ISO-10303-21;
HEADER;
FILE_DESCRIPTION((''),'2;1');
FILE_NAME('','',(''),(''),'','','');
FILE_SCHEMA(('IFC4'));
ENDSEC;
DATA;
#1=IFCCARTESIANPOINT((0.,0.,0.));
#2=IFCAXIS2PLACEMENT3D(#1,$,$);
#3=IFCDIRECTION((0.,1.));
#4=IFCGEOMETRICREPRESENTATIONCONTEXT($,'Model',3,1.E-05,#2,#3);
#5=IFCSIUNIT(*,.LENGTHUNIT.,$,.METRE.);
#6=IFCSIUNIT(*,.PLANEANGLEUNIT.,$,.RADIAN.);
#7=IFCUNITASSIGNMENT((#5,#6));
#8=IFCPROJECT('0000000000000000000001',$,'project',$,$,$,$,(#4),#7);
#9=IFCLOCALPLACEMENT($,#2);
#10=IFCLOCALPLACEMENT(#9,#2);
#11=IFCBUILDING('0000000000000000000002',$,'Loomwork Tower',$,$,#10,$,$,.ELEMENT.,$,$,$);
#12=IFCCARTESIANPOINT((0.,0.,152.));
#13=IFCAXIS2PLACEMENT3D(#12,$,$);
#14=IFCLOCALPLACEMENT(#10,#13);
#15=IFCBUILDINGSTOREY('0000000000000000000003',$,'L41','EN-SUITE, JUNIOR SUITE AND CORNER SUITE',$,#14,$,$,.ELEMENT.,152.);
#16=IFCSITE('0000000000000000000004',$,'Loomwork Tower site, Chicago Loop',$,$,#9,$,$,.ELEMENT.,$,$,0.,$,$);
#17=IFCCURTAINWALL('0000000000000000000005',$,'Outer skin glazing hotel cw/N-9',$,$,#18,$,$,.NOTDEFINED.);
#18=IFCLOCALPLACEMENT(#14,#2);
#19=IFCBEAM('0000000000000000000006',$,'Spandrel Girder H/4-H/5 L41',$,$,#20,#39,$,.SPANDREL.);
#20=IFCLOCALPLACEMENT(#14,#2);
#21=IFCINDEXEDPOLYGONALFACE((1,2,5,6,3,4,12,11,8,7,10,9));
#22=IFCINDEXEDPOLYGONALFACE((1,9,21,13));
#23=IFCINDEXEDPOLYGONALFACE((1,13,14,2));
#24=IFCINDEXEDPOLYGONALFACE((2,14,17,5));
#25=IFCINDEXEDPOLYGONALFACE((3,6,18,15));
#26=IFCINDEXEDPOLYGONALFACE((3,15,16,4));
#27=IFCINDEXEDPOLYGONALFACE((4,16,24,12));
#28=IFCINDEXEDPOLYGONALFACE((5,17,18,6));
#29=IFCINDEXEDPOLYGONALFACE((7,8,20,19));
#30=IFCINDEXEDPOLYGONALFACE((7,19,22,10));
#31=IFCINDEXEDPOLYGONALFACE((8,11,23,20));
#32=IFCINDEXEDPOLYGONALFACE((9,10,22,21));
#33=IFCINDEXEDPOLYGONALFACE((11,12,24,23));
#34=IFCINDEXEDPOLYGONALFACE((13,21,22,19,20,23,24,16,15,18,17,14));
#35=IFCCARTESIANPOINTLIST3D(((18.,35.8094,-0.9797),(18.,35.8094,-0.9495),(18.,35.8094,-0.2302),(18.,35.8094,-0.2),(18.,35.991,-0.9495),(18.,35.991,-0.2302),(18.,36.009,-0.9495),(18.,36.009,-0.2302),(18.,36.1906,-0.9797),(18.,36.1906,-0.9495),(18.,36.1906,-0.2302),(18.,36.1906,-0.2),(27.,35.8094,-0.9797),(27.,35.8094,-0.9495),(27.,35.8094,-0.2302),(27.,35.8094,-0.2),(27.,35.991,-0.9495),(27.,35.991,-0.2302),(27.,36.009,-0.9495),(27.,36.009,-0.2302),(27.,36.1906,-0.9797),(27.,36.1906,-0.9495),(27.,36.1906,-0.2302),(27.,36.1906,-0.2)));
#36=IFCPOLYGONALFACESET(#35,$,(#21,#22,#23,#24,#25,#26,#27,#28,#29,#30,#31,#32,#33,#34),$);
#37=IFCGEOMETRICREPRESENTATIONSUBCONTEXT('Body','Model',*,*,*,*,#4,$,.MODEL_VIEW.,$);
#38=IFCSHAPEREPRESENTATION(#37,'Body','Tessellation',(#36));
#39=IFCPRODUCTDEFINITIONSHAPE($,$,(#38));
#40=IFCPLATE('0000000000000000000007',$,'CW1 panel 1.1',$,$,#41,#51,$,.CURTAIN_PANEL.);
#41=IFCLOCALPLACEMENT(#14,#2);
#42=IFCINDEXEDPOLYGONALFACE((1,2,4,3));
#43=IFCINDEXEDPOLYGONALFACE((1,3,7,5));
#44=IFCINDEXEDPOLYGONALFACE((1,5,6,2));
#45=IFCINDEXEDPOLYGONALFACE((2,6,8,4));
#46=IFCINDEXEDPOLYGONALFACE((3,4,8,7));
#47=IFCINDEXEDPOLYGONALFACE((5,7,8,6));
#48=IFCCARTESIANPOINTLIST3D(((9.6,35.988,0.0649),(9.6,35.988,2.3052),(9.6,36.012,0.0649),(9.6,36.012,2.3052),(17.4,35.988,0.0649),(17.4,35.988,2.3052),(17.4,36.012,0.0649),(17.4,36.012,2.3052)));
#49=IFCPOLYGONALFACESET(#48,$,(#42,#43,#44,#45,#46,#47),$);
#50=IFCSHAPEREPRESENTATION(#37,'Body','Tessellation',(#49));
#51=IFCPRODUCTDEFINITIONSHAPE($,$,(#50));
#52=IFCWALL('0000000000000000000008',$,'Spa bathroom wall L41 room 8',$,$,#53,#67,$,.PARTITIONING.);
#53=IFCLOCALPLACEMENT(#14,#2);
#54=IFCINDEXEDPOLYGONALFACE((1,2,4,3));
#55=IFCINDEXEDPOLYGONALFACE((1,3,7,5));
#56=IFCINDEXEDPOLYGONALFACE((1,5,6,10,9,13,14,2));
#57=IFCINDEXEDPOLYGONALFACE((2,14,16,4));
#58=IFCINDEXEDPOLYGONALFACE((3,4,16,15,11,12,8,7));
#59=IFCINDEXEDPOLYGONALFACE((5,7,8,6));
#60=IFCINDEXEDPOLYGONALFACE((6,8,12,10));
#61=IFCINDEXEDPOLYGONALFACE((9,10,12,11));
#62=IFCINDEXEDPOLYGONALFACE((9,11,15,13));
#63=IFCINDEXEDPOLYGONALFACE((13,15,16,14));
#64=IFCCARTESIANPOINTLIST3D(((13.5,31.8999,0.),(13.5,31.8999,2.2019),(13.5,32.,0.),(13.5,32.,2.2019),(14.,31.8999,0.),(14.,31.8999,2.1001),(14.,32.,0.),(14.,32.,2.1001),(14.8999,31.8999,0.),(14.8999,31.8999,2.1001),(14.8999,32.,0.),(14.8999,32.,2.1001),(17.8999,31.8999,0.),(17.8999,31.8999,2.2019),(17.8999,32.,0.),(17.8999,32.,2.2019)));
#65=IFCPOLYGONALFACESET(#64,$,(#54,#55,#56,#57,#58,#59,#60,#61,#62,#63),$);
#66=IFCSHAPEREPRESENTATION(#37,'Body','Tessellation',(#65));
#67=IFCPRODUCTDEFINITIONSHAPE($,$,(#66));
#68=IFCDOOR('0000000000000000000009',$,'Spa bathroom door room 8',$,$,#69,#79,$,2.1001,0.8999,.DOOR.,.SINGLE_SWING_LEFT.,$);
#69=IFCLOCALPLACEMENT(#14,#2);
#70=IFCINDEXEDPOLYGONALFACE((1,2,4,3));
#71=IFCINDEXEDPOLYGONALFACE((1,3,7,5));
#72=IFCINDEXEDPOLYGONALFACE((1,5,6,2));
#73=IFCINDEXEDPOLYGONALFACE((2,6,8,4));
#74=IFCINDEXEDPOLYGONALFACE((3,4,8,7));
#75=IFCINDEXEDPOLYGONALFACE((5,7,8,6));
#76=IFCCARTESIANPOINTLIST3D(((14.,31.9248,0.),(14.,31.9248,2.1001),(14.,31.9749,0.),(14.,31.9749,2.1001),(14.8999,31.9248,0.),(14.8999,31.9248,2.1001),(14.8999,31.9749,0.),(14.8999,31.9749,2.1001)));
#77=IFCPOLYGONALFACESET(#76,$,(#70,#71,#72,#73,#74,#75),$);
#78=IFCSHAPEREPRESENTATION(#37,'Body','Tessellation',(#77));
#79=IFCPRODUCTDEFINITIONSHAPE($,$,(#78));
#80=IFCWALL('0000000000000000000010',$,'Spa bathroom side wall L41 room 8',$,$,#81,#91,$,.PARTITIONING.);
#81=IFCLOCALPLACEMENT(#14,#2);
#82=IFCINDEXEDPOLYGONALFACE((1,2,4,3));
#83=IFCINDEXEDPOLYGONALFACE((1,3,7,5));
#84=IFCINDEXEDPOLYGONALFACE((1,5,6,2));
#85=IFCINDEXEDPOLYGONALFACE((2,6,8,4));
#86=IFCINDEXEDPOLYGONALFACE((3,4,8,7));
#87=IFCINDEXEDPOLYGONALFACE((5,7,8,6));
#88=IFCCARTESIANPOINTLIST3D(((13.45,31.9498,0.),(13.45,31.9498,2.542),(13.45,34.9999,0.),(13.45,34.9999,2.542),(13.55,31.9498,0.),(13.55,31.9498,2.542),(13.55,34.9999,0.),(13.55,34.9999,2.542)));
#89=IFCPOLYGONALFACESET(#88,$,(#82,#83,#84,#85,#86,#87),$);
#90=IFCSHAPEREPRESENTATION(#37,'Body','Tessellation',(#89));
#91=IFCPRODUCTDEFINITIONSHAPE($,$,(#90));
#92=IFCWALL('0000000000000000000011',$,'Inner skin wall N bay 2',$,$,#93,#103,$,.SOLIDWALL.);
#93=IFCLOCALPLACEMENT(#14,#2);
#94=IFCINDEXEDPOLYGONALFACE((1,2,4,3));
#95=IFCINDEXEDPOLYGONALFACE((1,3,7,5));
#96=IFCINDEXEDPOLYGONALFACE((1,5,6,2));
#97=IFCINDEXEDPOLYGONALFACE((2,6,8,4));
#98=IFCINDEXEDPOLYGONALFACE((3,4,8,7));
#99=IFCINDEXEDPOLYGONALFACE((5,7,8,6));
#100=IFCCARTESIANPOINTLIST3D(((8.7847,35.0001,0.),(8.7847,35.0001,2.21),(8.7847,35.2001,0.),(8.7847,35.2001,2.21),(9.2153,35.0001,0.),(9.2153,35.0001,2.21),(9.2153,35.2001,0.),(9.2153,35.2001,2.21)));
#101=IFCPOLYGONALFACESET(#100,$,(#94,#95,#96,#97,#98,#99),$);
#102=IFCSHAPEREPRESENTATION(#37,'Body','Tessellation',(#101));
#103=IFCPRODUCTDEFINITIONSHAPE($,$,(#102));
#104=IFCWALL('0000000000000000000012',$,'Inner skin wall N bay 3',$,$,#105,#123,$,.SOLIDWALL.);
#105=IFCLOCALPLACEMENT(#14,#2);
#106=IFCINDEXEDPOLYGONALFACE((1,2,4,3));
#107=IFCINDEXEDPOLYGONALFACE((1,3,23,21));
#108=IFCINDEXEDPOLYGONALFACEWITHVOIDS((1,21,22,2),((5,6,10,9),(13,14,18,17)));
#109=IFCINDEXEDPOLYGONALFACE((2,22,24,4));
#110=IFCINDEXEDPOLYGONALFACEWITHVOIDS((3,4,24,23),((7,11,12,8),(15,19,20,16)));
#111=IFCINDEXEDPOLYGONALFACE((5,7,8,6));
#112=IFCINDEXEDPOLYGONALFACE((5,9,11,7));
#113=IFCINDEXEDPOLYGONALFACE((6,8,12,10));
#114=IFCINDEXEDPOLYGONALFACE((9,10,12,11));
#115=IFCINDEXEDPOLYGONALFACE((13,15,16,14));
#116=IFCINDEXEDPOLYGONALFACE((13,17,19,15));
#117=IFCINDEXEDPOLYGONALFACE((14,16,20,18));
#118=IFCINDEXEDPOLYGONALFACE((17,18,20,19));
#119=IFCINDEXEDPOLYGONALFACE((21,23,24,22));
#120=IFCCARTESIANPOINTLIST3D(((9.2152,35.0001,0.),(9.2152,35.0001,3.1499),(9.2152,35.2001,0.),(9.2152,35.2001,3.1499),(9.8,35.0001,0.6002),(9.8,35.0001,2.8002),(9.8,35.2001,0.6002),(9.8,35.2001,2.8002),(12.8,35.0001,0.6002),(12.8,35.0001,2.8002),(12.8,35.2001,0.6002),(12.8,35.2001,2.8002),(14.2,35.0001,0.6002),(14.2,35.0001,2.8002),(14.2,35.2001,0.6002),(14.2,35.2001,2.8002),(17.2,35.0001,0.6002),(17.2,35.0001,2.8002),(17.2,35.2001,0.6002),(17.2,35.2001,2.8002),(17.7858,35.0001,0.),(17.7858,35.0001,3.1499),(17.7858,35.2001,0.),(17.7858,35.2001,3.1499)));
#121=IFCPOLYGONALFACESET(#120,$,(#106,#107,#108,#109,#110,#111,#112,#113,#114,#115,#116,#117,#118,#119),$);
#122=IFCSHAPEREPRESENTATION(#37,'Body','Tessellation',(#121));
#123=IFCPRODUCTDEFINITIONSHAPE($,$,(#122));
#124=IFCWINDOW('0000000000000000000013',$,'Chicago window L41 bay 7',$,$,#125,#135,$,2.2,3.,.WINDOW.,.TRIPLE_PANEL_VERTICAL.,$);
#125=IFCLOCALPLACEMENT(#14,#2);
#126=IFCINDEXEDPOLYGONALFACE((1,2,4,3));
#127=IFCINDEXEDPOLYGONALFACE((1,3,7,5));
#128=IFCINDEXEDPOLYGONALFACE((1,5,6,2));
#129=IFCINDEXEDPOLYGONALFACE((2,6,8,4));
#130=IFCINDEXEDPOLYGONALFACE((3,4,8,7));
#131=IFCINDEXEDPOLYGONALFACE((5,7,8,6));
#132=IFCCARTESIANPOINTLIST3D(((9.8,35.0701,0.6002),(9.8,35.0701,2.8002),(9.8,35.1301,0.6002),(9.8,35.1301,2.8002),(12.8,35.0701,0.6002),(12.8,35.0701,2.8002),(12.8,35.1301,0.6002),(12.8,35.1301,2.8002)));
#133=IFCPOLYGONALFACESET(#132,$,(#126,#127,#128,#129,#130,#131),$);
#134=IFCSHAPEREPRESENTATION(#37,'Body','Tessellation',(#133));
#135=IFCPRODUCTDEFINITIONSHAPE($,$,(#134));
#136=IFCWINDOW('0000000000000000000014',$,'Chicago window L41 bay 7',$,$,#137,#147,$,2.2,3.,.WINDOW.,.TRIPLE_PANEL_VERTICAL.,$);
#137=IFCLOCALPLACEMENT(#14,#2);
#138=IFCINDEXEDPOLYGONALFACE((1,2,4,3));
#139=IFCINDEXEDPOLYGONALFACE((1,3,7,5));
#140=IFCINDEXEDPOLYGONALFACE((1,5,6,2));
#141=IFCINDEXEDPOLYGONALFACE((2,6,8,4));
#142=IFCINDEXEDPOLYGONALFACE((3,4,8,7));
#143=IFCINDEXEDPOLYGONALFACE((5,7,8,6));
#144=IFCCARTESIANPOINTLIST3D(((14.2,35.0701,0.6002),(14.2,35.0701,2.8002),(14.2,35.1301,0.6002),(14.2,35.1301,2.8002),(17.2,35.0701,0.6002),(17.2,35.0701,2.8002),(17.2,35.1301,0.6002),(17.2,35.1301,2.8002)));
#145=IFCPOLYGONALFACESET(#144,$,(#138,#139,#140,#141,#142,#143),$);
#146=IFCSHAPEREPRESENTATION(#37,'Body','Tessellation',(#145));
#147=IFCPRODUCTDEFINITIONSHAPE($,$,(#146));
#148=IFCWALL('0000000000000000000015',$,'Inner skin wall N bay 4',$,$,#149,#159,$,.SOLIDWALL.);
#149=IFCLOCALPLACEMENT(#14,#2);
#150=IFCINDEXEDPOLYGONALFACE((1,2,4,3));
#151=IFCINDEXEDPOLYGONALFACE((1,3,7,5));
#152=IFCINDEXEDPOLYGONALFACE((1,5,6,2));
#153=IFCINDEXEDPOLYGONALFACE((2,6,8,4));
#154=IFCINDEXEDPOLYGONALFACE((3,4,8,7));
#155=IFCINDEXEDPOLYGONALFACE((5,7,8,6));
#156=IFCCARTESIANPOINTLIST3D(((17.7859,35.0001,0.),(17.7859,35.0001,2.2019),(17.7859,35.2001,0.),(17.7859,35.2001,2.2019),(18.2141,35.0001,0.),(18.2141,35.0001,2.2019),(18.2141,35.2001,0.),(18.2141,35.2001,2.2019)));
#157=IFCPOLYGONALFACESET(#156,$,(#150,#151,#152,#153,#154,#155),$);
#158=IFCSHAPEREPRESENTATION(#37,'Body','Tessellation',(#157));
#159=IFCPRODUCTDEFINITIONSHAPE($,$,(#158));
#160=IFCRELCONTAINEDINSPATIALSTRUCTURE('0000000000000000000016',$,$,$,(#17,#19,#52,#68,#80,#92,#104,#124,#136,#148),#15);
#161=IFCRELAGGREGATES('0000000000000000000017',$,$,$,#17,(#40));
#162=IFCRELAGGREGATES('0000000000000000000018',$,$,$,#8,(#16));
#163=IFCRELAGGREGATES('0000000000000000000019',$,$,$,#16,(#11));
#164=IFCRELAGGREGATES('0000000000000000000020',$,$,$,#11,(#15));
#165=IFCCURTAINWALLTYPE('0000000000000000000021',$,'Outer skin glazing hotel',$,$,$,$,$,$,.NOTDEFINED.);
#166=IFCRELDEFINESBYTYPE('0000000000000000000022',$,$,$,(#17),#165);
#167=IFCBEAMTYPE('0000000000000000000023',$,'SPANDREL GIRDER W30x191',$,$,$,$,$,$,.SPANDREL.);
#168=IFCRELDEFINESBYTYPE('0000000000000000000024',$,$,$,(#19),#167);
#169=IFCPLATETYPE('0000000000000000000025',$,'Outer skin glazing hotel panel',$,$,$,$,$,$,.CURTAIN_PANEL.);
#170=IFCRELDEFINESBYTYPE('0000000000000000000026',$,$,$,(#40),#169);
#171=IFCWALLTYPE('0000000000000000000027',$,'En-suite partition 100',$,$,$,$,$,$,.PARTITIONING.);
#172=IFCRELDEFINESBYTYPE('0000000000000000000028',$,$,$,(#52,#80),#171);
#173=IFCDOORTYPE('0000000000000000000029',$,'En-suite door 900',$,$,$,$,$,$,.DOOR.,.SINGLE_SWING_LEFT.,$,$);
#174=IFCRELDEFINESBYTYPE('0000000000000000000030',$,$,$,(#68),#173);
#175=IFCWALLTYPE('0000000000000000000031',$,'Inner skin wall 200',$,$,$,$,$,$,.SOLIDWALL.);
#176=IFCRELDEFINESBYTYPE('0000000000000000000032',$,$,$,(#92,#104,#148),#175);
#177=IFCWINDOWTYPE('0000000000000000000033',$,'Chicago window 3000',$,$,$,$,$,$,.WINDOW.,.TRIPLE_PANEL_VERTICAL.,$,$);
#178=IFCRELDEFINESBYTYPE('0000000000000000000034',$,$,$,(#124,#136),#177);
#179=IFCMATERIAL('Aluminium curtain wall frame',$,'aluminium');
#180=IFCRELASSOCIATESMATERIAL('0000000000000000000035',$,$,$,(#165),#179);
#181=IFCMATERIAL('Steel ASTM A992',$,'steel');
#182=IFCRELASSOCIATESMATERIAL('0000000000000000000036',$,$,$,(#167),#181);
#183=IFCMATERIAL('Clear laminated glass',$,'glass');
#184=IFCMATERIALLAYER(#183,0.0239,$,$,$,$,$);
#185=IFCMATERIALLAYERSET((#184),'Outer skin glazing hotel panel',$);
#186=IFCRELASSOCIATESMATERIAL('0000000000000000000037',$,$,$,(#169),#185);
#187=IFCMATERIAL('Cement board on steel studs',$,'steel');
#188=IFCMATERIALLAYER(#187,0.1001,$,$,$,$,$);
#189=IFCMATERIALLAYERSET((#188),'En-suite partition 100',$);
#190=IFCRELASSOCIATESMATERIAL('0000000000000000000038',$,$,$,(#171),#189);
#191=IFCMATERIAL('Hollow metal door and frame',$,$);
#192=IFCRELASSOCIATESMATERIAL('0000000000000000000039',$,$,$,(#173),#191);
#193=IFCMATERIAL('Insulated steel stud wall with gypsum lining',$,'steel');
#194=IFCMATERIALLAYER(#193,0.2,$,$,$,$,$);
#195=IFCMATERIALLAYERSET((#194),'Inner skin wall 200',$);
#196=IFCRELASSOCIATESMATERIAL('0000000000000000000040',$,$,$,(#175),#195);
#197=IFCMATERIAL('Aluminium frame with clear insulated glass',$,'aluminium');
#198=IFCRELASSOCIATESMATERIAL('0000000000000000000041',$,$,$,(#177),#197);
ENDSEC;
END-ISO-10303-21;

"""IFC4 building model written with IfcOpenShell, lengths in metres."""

from ifc_helpers import new_model, si_unit, direction, frame, frame_2d, origin, origin_2d, place, context, subcontext, project, spatial, rectangle, i_section, extrude, material, layer, layer_set, material_profile, profile_set, type_object, element, fill, aggregate, save


model = new_model("IFC4")

# Units and contexts
model_context = context("Model", 3, precision=1e-05, world=origin(), true_north=direction((0.0, 1.0)))
body_context = subcontext(model_context, "Body", "Model", "MODEL_VIEW")
ifc_project = project(units=[si_unit("LENGTHUNIT", "METRE"), si_unit("PLANEANGLEUNIT", "RADIAN")], contexts=[model_context])

# Site, building, storey
site_placement = place(None, origin())
site = spatial("IfcSite", under=ifc_project, at=site_placement, Name="Loomwork Tower site, Chicago Loop", CompositionType="ELEMENT", RefElevation=0.0)
building_placement = place(site_placement, origin())
building = spatial("IfcBuilding", under=site, at=building_placement, Name="Loomwork Tower", CompositionType="ELEMENT")
storey_placement = place(building_placement, frame((0.0, 0.0, 152.0)))
storey = spatial("IfcBuildingStorey", under=building, at=storey_placement, Name="L41", Description="EN-SUITE, JUNIOR SUITE AND CORNER SUITE", CompositionType="ELEMENT", Elevation=152.0)

# Shared definitions
ifc_material_1 = material(Name="Aluminium curtain wall frame", Category="aluminium")
curtain_wall_type = type_object("IfcCurtainWallType", Name="Outer skin glazing hotel", PredefinedType="NOTDEFINED", material=ifc_material_1)

# Curtain wall
curtain_wall_1_placement = place(storey_placement, origin())
curtain_wall_1 = element("IfcCurtainWall", 1, at=curtain_wall_1_placement, inside=storey, type_object=curtain_wall_type, Name="Outer skin glazing hotel cw/N-9", PredefinedType="NOTDEFINED")

# Beam
ifc_material_2 = material(Name="Steel ASTM A992", Category="steel")
ifc_material_profile_1 = material_profile(ifc_material_2, i_section(OverallWidth=0.3811, OverallDepth=0.7798, WebThickness=0.0181, FlangeThickness=0.0303, at=origin_2d()), Name="W30x191")
ifc_profile_set_1 = profile_set([ifc_material_profile_1], Name="Steel ASTM A992")
beam_type_1 = type_object("IfcBeamType", Name="SPANDREL GIRDER W30x191", PredefinedType="SPANDREL", material=ifc_profile_set_1)
for number, where, z_axis, x_axis, name in (
    (2, (18.0, 36.0, -0.5898), (1.0, 0.0, 0.0), (0.0, 1.0, 0.0), "Spandrel Girder H/4-H/5 L41"),
):
    element("IfcBeam", number, at=place(storey_placement, frame(where, z_axis=z_axis, x_axis=x_axis)), inside=storey, type_object=beam_type_1, Name=name, PredefinedType="SPANDREL", context=body_context, shape_type="SweptSolid", body=[
        extrude(i_section(OverallWidth=0.3811, OverallDepth=0.7798, WebThickness=0.0181, FlangeThickness=0.0303, at=origin_2d()), origin(), (0.0, 0.0, 1.0), 9.0),
    ])

# Plate
ifc_material_3 = material(Name="Clear laminated glass", Category="glass")
ifc_layer_1 = layer(ifc_material_3, 0.0239)
ifc_layer_set_1 = layer_set([ifc_layer_1], Name="Outer skin glazing hotel panel")
plate_type = type_object("IfcPlateType", Name="Outer skin glazing hotel panel", PredefinedType="CURTAIN_PANEL", material=ifc_layer_set_1)
plate_placement = place(storey_placement, frame((13.5, 36.0, 0.0649), z_axis=(0.0, 0.0, 1.0), x_axis=(-1.0, 0.0, 0.0)))
plate = element("IfcPlate", 3, at=plate_placement, type_object=plate_type, Name="CW1 panel 1.1", PredefinedType="CURTAIN_PANEL", context=body_context, shape_type="SweptSolid", body=[
    extrude(rectangle(XDim=7.8, YDim=0.0239, at=origin_2d()), origin(), (0.0, 0.0, 1.0), 2.2402),
])
aggregate(curtain_wall_1, [plate])

# Wall, opening, door
ifc_material_4 = material(Name="Cement board on steel studs", Category="steel")
ifc_layer_2 = layer(ifc_material_4, 0.1001)
ifc_layer_set_2 = layer_set([ifc_layer_2], Name="En-suite partition 100")
wall_type_1 = type_object("IfcWallType", Name="En-suite partition 100", PredefinedType="PARTITIONING", material=ifc_layer_set_2)
wall_1_placement = place(storey_placement, frame((13.5, 31.95, 0.0), z_axis=(0.0, 0.0, 1.0), x_axis=(1.0, 0.0, 0.0)))
wall_1 = element("IfcWall", 4, at=wall_1_placement, inside=storey, type_object=wall_type_1, Name="Spa bathroom wall L41 room 8", PredefinedType="PARTITIONING", context=body_context, shape_type="SweptSolid", body=[
    extrude(rectangle(XDim=4.3999, YDim=0.1001, at=frame_2d((2.2, 0.0))), origin(), (0.0, 0.0, 1.0), 2.2019),
])
opening_1_placement = place(wall_1_placement, frame((0.5, 0.0, 0.0)))
opening_1 = element("IfcOpeningElement", 5, at=opening_1_placement, cuts=wall_1, PredefinedType="OPENING", context=body_context, shape_type="SweptSolid", body=[
    extrude(rectangle(XDim=0.8999, YDim=2.1001, at=frame_2d((0.45, 1.05))), frame((0.0, 0.0601, 0.0), z_axis=(0.0, -1.0, 0.0), x_axis=(1.0, 0.0, 0.0)), (0.0, 0.0, 1.0), 0.1201),
])
ifc_material_5 = material(Name="Hollow metal door and frame")
door_type = type_object("IfcDoorType", Name="En-suite door 900", OperationType="SINGLE_SWING_LEFT", PredefinedType="DOOR", material=ifc_material_5)
door_placement = place(opening_1_placement, origin())
door = element("IfcDoor", 6, at=door_placement, inside=storey, type_object=door_type, Name="Spa bathroom door room 8", OperationType="SINGLE_SWING_LEFT", OverallHeight=2.1001, OverallWidth=0.8999, PredefinedType="DOOR", context=body_context, shape_type="SweptSolid", body=[
    extrude(rectangle(XDim=0.8999, YDim=2.1001, at=frame_2d((0.45, 1.05))), frame((0.0, 0.0249, 0.0), z_axis=(0.0, -1.0, 0.0), x_axis=(1.0, 0.0, 0.0)), (0.0, 0.0, 1.0), 0.05),
])
fill(opening_1, door)

# Walls
wall_2_placement = place(storey_placement, frame((13.5, 31.95, 0.0), z_axis=(0.0, 0.0, 1.0), x_axis=(0.0, 1.0, 0.0)))
element("IfcWall", 7, at=wall_2_placement, inside=storey, type_object=wall_type_1, Name="Spa bathroom side wall L41 room 8", PredefinedType="PARTITIONING", context=body_context, shape_type="SweptSolid", body=[
    extrude(rectangle(XDim=3.05, YDim=0.1001, at=frame_2d((1.5249, 0.0))), origin(), (0.0, 0.0, 1.0), 2.542),
])
ifc_material_6 = material(Name="Insulated steel stud wall with gypsum lining", Category="steel")
ifc_layer_3 = layer(ifc_material_6, 0.2)
ifc_layer_set_3 = layer_set([ifc_layer_3], Name="Inner skin wall 200")
wall_type_2 = type_object("IfcWallType", Name="Inner skin wall 200", PredefinedType="SOLIDWALL", material=ifc_layer_set_3)
wall_3_placement = place(storey_placement, frame((8.7847, 35.1001, 0.0), z_axis=(0.0, 0.0, 1.0), x_axis=(1.0, 0.0, 0.0)))
element("IfcWall", 8, at=wall_3_placement, inside=storey, type_object=wall_type_2, Name="Inner skin wall N bay 2", PredefinedType="SOLIDWALL", context=body_context, shape_type="SweptSolid", body=[
    extrude(rectangle(XDim=0.4307, YDim=0.2, at=frame_2d((0.2153, 0.0))), origin(), (0.0, 0.0, 1.0), 2.21),
])

# Wall, openings, windows
wall_4_placement = place(storey_placement, frame((9.2153, 35.1001, 0.0), z_axis=(0.0, 0.0, 1.0), x_axis=(1.0, 0.0, 0.0)))
wall_4 = element("IfcWall", 9, at=wall_4_placement, inside=storey, type_object=wall_type_2, Name="Inner skin wall N bay 3", PredefinedType="SOLIDWALL", context=body_context, shape_type="SweptSolid", body=[
    extrude(rectangle(XDim=8.5706, YDim=0.2, at=frame_2d((4.2852, 0.0))), origin(), (0.0, 0.0, 1.0), 3.1499),
])
opening_2_placement = place(wall_4_placement, frame((0.5847, 0.0, 0.6001)))
opening_2 = element("IfcOpeningElement", 10, at=opening_2_placement, cuts=wall_4, PredefinedType="OPENING", context=body_context, shape_type="SweptSolid", body=[
    extrude(rectangle(XDim=3.0, YDim=2.2, at=frame_2d((1.5, 1.1001))), frame((0.0, 0.1099, 0.0), z_axis=(0.0, -1.0, 0.0), x_axis=(1.0, 0.0, 0.0)), (0.0, 0.0, 1.0), 0.22),
])
opening_3_placement = place(wall_4_placement, frame((4.9846, 0.0, 0.6001)))
opening_3 = element("IfcOpeningElement", 11, at=opening_3_placement, cuts=wall_4, PredefinedType="OPENING", context=body_context, shape_type="SweptSolid", body=[
    extrude(rectangle(XDim=3.0, YDim=2.2, at=frame_2d((1.5, 1.1001))), frame((0.0, 0.1099, 0.0), z_axis=(0.0, -1.0, 0.0), x_axis=(1.0, 0.0, 0.0)), (0.0, 0.0, 1.0), 0.22),
])
ifc_material_7 = material(Name="Aluminium frame with clear insulated glass", Category="aluminium")
window_type = type_object("IfcWindowType", Name="Chicago window 3000", PartitioningType="TRIPLE_PANEL_VERTICAL", PredefinedType="WINDOW", material=ifc_material_7)
window_1_placement = place(opening_2_placement, origin())
window_1 = element("IfcWindow", 12, at=window_1_placement, inside=storey, type_object=window_type, Name="Chicago window L41 bay 7", OverallHeight=2.2, OverallWidth=3.0, PartitioningType="TRIPLE_PANEL_VERTICAL", PredefinedType="WINDOW", context=body_context, shape_type="SweptSolid", body=[
    extrude(rectangle(XDim=3.0, YDim=2.2, at=frame_2d((1.5, 1.1001))), frame((0.0, 0.03, 0.0), z_axis=(0.0, -1.0, 0.0), x_axis=(1.0, 0.0, 0.0)), (0.0, 0.0, 1.0), 0.0601),
])
fill(opening_2, window_1)
window_2_placement = place(opening_3_placement, origin())
window_2 = element("IfcWindow", 13, at=window_2_placement, inside=storey, type_object=window_type, Name="Chicago window L41 bay 7", OverallHeight=2.2, OverallWidth=3.0, PartitioningType="TRIPLE_PANEL_VERTICAL", PredefinedType="WINDOW", context=body_context, shape_type="SweptSolid", body=[
    extrude(rectangle(XDim=3.0, YDim=2.2, at=frame_2d((1.5, 1.1001))), frame((0.0, 0.03, 0.0), z_axis=(0.0, -1.0, 0.0), x_axis=(1.0, 0.0, 0.0)), (0.0, 0.0, 1.0), 0.0601),
])
fill(opening_3, window_2)

# Wall
wall_5_placement = place(storey_placement, frame((17.7859, 35.1001, 0.0), z_axis=(0.0, 0.0, 1.0), x_axis=(1.0, 0.0, 0.0)))
element("IfcWall", 14, at=wall_5_placement, inside=storey, type_object=wall_type_2, Name="Inner skin wall N bay 4", PredefinedType="SOLIDWALL", context=body_context, shape_type="SweptSolid", body=[
    extrude(rectangle(XDim=0.4282, YDim=0.2, at=frame_2d((0.2141, 0.0))), origin(), (0.0, 0.0, 1.0), 2.2019),
])

save(model, "model.ifc")
